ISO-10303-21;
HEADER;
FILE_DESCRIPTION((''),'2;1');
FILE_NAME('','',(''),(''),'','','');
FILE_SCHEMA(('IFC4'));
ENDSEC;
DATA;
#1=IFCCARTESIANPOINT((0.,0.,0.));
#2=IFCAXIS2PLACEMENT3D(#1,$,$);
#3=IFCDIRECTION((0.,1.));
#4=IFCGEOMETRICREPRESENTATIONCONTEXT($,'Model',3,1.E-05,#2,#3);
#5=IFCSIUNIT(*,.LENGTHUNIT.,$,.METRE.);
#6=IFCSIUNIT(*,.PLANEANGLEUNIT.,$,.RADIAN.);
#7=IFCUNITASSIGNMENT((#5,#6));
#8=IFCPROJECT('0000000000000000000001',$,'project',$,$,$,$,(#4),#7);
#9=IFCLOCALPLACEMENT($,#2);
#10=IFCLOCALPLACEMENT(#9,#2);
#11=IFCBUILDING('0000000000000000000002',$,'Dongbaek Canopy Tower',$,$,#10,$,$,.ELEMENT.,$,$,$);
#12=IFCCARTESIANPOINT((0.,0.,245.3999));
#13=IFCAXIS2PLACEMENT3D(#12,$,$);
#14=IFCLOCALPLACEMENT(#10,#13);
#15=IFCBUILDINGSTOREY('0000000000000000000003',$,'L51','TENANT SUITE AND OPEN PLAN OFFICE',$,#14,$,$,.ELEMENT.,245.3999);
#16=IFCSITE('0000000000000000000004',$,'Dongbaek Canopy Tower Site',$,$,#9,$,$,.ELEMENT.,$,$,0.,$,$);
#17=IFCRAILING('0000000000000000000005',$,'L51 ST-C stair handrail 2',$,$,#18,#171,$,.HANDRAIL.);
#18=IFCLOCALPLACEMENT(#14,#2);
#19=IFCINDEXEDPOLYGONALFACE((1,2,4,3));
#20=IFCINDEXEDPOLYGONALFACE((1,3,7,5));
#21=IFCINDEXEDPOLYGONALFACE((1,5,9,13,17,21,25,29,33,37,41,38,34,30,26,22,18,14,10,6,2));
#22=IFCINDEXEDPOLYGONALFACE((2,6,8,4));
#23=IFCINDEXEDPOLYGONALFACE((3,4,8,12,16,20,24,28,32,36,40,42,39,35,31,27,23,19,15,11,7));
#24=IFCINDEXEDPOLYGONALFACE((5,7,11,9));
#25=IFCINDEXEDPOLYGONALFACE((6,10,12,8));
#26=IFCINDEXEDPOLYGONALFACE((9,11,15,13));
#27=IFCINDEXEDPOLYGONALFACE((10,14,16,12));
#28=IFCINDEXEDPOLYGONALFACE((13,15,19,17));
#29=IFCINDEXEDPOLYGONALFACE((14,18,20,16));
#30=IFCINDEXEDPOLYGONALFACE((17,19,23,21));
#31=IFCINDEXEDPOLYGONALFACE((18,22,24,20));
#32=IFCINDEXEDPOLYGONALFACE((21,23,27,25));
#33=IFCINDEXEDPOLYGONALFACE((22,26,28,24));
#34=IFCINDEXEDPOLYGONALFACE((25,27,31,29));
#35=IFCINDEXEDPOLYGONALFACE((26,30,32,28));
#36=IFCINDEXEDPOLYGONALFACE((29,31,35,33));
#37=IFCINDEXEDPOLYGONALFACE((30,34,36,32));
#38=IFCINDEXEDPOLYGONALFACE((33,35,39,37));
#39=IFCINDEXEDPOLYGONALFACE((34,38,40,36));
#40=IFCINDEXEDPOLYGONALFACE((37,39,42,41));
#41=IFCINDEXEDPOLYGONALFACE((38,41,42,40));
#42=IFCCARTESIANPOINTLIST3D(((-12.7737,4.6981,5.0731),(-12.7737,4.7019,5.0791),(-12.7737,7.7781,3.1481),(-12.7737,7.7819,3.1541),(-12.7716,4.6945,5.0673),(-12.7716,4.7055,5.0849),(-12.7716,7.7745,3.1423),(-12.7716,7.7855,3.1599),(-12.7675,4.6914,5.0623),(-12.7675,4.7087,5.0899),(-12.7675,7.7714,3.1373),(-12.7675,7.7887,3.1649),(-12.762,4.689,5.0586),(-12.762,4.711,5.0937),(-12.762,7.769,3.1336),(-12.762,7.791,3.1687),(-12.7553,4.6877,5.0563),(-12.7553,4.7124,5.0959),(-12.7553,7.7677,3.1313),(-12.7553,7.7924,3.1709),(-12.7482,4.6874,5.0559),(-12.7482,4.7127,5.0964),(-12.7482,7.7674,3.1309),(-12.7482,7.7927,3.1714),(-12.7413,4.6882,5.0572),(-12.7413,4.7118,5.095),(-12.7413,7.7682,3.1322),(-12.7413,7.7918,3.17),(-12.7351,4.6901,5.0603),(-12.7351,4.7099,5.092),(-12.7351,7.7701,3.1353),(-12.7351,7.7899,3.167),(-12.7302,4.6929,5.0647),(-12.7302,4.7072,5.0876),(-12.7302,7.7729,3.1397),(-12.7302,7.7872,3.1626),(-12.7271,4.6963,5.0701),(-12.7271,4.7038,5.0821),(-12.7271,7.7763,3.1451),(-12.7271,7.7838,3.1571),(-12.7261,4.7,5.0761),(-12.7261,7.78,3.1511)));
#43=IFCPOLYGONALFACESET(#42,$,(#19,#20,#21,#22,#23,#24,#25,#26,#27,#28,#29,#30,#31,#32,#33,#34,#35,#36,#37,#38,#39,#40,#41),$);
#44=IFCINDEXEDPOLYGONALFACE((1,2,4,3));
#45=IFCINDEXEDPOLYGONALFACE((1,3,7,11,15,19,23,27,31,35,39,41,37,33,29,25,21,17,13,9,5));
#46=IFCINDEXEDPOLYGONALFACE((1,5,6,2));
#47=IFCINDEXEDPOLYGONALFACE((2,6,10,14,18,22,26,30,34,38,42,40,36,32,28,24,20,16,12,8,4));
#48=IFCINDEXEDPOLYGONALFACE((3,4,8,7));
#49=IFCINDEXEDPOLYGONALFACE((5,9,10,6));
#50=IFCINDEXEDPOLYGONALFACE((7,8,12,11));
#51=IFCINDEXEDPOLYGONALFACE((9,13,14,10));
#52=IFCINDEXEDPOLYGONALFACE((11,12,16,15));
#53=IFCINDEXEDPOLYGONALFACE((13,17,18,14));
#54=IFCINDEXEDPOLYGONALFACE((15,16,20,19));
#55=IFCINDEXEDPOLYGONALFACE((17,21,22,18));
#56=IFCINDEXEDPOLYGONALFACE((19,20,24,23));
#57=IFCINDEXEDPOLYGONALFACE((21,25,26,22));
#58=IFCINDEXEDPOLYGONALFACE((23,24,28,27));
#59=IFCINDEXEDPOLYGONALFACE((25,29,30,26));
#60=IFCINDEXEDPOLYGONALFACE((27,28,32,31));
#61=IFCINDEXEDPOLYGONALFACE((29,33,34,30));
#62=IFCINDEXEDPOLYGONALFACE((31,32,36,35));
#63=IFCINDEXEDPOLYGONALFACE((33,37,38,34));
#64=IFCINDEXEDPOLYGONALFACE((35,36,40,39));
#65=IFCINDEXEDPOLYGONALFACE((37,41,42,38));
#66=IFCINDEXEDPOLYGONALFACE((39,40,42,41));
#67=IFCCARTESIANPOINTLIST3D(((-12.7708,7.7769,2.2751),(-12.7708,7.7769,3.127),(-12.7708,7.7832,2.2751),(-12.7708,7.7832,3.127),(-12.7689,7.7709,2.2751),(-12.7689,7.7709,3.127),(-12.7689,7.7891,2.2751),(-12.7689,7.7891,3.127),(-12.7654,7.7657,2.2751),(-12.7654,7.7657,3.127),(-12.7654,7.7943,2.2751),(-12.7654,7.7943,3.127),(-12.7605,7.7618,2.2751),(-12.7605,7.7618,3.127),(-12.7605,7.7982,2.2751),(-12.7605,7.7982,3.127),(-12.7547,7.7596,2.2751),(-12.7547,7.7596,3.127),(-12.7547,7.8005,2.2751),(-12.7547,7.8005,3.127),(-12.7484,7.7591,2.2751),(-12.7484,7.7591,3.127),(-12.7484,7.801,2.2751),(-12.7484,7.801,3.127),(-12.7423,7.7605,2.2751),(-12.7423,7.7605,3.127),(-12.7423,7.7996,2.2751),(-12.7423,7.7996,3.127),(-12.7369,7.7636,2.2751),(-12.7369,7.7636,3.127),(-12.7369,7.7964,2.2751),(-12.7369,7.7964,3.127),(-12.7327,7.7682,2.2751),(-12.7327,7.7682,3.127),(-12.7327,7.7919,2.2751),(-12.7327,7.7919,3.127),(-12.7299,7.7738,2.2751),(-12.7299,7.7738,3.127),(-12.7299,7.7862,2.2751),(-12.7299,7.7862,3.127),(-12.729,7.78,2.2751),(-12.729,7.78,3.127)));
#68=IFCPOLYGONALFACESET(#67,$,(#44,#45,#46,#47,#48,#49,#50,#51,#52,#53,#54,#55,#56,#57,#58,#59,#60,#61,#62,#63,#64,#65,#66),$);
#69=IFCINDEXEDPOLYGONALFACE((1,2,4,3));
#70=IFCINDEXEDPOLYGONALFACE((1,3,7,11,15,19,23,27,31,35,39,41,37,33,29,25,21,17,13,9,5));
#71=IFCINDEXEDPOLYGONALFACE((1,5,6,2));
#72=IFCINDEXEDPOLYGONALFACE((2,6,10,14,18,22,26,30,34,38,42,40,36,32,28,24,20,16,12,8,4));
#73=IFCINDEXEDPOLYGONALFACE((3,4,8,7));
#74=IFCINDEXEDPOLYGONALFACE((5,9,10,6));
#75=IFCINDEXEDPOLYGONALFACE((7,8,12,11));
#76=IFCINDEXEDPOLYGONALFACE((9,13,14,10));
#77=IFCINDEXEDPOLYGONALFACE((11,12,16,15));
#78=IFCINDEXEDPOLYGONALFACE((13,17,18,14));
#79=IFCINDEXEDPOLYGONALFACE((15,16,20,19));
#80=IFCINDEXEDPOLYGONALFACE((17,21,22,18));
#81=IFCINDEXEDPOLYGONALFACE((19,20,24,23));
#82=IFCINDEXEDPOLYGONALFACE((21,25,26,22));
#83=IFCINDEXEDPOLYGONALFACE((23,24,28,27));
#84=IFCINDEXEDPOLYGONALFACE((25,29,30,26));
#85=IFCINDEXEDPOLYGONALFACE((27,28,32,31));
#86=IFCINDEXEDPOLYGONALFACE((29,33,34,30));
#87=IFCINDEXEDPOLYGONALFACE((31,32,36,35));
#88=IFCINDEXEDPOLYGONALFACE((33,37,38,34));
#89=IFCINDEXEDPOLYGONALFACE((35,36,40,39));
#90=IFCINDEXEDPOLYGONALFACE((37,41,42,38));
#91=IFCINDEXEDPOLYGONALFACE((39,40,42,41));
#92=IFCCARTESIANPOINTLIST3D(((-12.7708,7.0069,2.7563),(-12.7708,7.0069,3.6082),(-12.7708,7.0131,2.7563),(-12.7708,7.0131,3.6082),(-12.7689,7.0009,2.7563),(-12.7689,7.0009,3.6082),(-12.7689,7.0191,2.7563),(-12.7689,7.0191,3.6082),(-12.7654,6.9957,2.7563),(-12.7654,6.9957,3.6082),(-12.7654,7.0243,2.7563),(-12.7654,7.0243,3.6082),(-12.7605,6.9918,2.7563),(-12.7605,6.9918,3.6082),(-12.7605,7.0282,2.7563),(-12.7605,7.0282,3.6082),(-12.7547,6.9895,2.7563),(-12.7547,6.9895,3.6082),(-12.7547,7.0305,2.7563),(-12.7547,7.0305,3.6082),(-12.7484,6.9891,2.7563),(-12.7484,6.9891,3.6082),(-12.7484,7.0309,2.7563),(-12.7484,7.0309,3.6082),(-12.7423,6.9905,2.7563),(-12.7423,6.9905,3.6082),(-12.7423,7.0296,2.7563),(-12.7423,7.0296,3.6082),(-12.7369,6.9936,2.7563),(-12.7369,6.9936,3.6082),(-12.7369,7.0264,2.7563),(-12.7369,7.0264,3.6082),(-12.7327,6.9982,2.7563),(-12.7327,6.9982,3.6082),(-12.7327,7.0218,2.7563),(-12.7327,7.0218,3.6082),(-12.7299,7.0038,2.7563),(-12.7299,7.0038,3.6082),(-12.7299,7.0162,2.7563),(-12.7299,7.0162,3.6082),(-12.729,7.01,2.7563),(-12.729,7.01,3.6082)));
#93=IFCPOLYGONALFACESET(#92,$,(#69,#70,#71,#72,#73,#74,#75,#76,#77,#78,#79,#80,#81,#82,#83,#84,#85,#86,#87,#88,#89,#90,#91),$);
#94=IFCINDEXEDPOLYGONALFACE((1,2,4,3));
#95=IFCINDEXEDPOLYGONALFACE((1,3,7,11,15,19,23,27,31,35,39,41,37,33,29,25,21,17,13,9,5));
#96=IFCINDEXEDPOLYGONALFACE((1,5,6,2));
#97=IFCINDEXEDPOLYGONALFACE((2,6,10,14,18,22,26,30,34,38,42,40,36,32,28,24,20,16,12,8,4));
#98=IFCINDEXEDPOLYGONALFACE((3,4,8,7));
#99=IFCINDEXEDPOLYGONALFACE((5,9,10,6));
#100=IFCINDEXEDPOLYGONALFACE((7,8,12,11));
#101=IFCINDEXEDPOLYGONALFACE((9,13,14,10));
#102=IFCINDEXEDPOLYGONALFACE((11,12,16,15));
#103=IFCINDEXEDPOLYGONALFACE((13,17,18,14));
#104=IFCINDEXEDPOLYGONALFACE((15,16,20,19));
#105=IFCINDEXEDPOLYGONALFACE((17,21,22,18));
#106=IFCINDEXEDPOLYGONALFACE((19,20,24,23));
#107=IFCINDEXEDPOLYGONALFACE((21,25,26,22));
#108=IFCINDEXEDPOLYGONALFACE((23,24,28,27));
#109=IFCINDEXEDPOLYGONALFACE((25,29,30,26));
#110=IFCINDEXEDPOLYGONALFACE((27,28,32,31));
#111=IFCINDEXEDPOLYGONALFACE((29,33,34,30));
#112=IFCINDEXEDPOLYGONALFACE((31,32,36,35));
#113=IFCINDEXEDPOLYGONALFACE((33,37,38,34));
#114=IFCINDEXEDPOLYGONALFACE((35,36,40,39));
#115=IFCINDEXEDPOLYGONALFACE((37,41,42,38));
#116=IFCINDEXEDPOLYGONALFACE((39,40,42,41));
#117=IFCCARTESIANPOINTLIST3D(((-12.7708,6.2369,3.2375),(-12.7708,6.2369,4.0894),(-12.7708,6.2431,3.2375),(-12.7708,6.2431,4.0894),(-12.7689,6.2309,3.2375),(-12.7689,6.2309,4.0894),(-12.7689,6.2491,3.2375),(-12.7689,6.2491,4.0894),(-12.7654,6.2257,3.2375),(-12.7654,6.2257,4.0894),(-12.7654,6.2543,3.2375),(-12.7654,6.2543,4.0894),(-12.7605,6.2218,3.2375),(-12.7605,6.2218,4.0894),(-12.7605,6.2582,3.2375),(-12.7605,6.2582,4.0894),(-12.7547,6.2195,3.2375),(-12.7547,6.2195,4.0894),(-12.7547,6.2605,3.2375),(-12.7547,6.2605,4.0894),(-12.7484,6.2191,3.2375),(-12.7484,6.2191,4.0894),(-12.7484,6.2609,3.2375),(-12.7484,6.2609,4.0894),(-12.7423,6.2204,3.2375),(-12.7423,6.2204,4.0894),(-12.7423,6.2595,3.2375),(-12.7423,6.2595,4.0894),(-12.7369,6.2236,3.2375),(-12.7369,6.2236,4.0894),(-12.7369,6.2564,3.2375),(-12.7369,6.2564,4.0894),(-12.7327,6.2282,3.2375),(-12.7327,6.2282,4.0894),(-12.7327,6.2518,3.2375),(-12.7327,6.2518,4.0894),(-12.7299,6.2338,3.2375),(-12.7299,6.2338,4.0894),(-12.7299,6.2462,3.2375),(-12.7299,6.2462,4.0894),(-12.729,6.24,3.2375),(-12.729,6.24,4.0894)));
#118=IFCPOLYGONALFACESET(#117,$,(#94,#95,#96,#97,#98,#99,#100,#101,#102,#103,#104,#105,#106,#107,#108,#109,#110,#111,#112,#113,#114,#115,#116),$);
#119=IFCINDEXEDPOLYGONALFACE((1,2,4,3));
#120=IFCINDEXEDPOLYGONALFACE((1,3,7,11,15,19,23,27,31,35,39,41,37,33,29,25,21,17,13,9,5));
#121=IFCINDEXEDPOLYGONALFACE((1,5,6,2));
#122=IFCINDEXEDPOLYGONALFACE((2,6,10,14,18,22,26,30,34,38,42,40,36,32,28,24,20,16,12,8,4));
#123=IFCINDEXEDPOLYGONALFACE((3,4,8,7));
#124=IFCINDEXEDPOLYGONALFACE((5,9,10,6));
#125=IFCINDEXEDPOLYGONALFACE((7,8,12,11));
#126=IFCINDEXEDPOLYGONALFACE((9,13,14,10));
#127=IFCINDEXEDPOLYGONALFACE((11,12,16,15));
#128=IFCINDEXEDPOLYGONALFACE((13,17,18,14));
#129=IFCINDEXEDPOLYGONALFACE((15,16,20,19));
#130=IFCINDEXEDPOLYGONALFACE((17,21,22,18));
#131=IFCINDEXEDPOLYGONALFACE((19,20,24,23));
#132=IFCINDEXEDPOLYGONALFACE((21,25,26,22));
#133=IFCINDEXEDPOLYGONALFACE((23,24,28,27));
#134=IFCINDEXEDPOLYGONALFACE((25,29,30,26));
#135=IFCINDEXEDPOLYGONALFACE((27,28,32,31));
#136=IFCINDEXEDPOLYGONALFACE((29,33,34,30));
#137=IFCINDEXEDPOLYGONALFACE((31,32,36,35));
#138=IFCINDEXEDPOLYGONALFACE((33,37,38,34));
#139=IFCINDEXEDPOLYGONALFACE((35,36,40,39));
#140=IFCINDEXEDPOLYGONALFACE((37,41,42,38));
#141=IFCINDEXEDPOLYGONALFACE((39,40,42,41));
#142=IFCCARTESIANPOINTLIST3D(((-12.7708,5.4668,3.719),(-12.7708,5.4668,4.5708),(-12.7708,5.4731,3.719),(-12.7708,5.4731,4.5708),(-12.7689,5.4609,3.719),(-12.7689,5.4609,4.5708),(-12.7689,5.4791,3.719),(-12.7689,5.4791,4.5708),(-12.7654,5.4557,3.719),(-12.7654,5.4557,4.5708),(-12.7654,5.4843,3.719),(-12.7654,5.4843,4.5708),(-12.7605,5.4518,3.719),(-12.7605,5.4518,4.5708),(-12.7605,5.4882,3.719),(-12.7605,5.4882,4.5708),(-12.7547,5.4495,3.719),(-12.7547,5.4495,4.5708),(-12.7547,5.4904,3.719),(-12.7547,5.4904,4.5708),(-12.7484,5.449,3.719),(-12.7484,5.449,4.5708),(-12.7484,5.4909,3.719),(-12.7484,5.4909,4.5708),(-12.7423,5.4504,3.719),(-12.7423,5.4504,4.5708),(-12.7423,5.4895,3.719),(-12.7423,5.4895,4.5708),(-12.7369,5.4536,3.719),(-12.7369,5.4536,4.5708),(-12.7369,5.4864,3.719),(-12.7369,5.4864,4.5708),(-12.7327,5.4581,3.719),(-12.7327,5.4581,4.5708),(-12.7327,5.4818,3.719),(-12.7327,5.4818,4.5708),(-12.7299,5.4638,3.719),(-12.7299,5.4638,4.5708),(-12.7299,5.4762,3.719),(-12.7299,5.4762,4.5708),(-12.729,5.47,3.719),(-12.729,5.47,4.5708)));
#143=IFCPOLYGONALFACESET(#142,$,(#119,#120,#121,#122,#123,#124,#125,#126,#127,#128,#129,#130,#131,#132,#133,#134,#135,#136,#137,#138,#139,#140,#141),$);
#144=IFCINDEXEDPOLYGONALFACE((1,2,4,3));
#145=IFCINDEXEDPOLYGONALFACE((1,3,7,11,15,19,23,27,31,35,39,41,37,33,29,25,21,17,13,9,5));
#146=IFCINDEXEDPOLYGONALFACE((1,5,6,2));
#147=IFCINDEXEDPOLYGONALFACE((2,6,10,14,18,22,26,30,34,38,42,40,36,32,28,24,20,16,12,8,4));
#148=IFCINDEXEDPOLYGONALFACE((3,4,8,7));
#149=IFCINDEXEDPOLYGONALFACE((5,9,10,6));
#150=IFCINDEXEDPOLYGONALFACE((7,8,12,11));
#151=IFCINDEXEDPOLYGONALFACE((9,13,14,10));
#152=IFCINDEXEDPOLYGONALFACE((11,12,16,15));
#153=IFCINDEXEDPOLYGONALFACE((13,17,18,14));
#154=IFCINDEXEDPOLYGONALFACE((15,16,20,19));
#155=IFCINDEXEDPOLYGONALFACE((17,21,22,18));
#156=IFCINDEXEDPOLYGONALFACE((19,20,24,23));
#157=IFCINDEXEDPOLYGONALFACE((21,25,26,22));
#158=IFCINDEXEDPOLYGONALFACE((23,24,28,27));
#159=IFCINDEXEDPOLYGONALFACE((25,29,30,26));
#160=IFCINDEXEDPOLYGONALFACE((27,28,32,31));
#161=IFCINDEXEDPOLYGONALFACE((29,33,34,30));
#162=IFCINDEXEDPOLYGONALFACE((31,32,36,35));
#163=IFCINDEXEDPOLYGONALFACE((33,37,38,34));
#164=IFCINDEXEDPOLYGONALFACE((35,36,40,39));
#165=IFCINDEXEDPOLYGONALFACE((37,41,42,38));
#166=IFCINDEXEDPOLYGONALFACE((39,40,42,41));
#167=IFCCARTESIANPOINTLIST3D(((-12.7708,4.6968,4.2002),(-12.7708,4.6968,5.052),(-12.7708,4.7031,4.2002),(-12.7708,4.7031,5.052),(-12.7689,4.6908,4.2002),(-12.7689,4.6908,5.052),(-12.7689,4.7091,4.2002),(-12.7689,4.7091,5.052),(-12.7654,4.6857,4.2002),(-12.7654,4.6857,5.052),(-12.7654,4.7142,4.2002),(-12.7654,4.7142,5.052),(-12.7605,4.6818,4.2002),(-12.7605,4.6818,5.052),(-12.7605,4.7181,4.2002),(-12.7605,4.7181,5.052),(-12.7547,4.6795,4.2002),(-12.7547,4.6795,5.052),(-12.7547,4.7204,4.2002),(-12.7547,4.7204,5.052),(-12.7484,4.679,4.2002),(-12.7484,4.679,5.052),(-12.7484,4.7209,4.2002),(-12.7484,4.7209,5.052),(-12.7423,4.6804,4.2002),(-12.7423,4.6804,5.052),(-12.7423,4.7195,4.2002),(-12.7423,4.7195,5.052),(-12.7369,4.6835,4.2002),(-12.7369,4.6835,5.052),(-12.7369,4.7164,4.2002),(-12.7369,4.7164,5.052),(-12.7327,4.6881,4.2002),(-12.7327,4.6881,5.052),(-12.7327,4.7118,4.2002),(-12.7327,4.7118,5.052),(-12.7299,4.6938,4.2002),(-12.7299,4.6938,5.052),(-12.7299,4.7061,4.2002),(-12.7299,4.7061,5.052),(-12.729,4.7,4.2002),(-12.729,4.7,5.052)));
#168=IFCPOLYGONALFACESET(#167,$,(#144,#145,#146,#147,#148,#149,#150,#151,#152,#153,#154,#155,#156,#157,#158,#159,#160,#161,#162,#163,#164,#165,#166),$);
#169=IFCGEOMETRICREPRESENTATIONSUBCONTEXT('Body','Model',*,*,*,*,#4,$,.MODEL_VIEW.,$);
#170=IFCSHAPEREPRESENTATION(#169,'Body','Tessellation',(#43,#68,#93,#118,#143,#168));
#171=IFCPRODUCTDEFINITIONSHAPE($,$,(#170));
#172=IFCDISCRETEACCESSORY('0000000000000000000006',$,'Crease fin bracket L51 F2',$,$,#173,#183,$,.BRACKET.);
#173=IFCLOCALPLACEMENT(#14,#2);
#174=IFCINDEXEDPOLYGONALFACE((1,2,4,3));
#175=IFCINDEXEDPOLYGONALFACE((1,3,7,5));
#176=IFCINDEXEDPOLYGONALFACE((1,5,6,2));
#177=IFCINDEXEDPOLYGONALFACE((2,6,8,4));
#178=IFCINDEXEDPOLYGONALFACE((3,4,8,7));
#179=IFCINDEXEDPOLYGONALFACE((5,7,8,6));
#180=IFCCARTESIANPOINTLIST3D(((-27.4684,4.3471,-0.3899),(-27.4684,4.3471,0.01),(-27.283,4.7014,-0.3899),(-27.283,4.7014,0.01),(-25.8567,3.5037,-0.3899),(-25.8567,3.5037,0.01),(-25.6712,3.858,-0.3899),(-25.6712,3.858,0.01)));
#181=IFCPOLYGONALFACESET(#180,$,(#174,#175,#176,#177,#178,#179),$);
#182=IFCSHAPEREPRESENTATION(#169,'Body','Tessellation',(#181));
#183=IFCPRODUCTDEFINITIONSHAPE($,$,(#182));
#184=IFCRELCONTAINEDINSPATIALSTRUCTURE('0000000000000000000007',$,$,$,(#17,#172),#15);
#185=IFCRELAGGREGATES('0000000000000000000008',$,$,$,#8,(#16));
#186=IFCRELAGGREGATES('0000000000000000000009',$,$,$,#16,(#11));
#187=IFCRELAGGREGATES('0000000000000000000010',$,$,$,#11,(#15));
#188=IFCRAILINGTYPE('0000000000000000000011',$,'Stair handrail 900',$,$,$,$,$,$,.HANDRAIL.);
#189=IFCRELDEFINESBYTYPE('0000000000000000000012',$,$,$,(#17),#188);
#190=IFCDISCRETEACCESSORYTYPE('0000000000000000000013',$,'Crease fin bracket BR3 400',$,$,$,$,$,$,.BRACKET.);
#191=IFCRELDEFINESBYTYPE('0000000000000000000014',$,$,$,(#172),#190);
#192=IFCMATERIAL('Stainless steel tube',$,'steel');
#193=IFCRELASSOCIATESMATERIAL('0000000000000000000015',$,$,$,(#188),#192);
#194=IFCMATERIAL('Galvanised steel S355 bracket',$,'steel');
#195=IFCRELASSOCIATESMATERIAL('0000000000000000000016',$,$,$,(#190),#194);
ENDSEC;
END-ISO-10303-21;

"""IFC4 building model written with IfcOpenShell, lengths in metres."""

from ifc_helpers import new_model, si_unit, direction, frame, origin, origin_2d, place, context, subcontext, project, spatial, rectangle, circle, extrude, material, type_object, element, save


model = new_model("IFC4")

# Units and contexts
model_context = context("Model", 3, precision=1e-05, world=origin(), true_north=direction((0.0, 1.0)))
body_context = subcontext(model_context, "Body", "Model", "MODEL_VIEW")
ifc_project = project(units=[si_unit("LENGTHUNIT", "METRE"), si_unit("PLANEANGLEUNIT", "RADIAN")], contexts=[model_context])

# Site, building, storey
site_placement = place(None, origin())
site = spatial("IfcSite", under=ifc_project, at=site_placement, Name="Dongbaek Canopy Tower Site", CompositionType="ELEMENT", RefElevation=0.0)
building_placement = place(site_placement, origin())
building = spatial("IfcBuilding", under=site, at=building_placement, Name="Dongbaek Canopy Tower", CompositionType="ELEMENT")
storey_placement = place(building_placement, frame((0.0, 0.0, 245.3999)))
storey = spatial("IfcBuildingStorey", under=building, at=storey_placement, Name="L51", Description="TENANT SUITE AND OPEN PLAN OFFICE", CompositionType="ELEMENT", Elevation=245.3999)

# Railing
ifc_material_1 = material(Name="Stainless steel tube", Category="steel")
railing_type_1 = type_object("IfcRailingType", Name="Stair handrail 900", PredefinedType="HANDRAIL", material=ifc_material_1)
railing_1_placement = place(storey_placement, frame((-12.75, 7.78, 2.2751)))
element("IfcRailing", 1, at=railing_1_placement, inside=storey, type_object=railing_type_1, Name="L51 ST-C stair handrail 2", PredefinedType="HANDRAIL", context=body_context, shape_type="SweptSolid", body=[
    extrude(circle(Radius=0.0239, at=origin_2d()), frame((0.0, 0.0, 0.876), z_axis=(0.0, -0.847998, 0.529999), x_axis=(1.0, 0.0, 0.0)), (0.0, 0.0, 1.0), 3.6321),
    extrude(circle(Radius=0.021, at=origin_2d()), origin(), (0.0, 0.0, 1.0), 0.8518),
    extrude(circle(Radius=0.021, at=origin_2d()), frame((0.0, -0.77, 0.4812)), (0.0, 0.0, 1.0), 0.8518),
    extrude(circle(Radius=0.021, at=origin_2d()), frame((0.0, -1.54, 0.9624)), (0.0, 0.0, 1.0), 0.8518),
    extrude(circle(Radius=0.021, at=origin_2d()), frame((0.0, -2.3101, 1.4438)), (0.0, 0.0, 1.0), 0.8518),
    extrude(circle(Radius=0.021, at=origin_2d()), frame((0.0, -3.0801, 1.925)), (0.0, 0.0, 1.0), 0.8518),
])

# Discrete accessory
ifc_material_2 = material(Name="Galvanised steel S355 bracket", Category="steel")
discrete_accessory_type = type_object("IfcDiscreteAccessoryType", Name="Crease fin bracket BR3 400", PredefinedType="BRACKET", material=ifc_material_2)
discrete_accessory_placement = place(storey_placement, frame((-26.5698, 4.1025, -0.3899), z_axis=(0.0, 0.0, 1.0), x_axis=(-0.886019, 0.463649, 0.0)))
element("IfcDiscreteAccessory", 2, at=discrete_accessory_placement, inside=storey, type_object=discrete_accessory_type, Name="Crease fin bracket L51 F2", PredefinedType="BRACKET", context=body_context, shape_type="SweptSolid", body=[
    extrude(rectangle(XDim=1.8191, YDim=0.3999, at=origin_2d()), origin(), (0.0, 0.0, 1.0), 0.3999),
])

save(model, "model.ifc")
